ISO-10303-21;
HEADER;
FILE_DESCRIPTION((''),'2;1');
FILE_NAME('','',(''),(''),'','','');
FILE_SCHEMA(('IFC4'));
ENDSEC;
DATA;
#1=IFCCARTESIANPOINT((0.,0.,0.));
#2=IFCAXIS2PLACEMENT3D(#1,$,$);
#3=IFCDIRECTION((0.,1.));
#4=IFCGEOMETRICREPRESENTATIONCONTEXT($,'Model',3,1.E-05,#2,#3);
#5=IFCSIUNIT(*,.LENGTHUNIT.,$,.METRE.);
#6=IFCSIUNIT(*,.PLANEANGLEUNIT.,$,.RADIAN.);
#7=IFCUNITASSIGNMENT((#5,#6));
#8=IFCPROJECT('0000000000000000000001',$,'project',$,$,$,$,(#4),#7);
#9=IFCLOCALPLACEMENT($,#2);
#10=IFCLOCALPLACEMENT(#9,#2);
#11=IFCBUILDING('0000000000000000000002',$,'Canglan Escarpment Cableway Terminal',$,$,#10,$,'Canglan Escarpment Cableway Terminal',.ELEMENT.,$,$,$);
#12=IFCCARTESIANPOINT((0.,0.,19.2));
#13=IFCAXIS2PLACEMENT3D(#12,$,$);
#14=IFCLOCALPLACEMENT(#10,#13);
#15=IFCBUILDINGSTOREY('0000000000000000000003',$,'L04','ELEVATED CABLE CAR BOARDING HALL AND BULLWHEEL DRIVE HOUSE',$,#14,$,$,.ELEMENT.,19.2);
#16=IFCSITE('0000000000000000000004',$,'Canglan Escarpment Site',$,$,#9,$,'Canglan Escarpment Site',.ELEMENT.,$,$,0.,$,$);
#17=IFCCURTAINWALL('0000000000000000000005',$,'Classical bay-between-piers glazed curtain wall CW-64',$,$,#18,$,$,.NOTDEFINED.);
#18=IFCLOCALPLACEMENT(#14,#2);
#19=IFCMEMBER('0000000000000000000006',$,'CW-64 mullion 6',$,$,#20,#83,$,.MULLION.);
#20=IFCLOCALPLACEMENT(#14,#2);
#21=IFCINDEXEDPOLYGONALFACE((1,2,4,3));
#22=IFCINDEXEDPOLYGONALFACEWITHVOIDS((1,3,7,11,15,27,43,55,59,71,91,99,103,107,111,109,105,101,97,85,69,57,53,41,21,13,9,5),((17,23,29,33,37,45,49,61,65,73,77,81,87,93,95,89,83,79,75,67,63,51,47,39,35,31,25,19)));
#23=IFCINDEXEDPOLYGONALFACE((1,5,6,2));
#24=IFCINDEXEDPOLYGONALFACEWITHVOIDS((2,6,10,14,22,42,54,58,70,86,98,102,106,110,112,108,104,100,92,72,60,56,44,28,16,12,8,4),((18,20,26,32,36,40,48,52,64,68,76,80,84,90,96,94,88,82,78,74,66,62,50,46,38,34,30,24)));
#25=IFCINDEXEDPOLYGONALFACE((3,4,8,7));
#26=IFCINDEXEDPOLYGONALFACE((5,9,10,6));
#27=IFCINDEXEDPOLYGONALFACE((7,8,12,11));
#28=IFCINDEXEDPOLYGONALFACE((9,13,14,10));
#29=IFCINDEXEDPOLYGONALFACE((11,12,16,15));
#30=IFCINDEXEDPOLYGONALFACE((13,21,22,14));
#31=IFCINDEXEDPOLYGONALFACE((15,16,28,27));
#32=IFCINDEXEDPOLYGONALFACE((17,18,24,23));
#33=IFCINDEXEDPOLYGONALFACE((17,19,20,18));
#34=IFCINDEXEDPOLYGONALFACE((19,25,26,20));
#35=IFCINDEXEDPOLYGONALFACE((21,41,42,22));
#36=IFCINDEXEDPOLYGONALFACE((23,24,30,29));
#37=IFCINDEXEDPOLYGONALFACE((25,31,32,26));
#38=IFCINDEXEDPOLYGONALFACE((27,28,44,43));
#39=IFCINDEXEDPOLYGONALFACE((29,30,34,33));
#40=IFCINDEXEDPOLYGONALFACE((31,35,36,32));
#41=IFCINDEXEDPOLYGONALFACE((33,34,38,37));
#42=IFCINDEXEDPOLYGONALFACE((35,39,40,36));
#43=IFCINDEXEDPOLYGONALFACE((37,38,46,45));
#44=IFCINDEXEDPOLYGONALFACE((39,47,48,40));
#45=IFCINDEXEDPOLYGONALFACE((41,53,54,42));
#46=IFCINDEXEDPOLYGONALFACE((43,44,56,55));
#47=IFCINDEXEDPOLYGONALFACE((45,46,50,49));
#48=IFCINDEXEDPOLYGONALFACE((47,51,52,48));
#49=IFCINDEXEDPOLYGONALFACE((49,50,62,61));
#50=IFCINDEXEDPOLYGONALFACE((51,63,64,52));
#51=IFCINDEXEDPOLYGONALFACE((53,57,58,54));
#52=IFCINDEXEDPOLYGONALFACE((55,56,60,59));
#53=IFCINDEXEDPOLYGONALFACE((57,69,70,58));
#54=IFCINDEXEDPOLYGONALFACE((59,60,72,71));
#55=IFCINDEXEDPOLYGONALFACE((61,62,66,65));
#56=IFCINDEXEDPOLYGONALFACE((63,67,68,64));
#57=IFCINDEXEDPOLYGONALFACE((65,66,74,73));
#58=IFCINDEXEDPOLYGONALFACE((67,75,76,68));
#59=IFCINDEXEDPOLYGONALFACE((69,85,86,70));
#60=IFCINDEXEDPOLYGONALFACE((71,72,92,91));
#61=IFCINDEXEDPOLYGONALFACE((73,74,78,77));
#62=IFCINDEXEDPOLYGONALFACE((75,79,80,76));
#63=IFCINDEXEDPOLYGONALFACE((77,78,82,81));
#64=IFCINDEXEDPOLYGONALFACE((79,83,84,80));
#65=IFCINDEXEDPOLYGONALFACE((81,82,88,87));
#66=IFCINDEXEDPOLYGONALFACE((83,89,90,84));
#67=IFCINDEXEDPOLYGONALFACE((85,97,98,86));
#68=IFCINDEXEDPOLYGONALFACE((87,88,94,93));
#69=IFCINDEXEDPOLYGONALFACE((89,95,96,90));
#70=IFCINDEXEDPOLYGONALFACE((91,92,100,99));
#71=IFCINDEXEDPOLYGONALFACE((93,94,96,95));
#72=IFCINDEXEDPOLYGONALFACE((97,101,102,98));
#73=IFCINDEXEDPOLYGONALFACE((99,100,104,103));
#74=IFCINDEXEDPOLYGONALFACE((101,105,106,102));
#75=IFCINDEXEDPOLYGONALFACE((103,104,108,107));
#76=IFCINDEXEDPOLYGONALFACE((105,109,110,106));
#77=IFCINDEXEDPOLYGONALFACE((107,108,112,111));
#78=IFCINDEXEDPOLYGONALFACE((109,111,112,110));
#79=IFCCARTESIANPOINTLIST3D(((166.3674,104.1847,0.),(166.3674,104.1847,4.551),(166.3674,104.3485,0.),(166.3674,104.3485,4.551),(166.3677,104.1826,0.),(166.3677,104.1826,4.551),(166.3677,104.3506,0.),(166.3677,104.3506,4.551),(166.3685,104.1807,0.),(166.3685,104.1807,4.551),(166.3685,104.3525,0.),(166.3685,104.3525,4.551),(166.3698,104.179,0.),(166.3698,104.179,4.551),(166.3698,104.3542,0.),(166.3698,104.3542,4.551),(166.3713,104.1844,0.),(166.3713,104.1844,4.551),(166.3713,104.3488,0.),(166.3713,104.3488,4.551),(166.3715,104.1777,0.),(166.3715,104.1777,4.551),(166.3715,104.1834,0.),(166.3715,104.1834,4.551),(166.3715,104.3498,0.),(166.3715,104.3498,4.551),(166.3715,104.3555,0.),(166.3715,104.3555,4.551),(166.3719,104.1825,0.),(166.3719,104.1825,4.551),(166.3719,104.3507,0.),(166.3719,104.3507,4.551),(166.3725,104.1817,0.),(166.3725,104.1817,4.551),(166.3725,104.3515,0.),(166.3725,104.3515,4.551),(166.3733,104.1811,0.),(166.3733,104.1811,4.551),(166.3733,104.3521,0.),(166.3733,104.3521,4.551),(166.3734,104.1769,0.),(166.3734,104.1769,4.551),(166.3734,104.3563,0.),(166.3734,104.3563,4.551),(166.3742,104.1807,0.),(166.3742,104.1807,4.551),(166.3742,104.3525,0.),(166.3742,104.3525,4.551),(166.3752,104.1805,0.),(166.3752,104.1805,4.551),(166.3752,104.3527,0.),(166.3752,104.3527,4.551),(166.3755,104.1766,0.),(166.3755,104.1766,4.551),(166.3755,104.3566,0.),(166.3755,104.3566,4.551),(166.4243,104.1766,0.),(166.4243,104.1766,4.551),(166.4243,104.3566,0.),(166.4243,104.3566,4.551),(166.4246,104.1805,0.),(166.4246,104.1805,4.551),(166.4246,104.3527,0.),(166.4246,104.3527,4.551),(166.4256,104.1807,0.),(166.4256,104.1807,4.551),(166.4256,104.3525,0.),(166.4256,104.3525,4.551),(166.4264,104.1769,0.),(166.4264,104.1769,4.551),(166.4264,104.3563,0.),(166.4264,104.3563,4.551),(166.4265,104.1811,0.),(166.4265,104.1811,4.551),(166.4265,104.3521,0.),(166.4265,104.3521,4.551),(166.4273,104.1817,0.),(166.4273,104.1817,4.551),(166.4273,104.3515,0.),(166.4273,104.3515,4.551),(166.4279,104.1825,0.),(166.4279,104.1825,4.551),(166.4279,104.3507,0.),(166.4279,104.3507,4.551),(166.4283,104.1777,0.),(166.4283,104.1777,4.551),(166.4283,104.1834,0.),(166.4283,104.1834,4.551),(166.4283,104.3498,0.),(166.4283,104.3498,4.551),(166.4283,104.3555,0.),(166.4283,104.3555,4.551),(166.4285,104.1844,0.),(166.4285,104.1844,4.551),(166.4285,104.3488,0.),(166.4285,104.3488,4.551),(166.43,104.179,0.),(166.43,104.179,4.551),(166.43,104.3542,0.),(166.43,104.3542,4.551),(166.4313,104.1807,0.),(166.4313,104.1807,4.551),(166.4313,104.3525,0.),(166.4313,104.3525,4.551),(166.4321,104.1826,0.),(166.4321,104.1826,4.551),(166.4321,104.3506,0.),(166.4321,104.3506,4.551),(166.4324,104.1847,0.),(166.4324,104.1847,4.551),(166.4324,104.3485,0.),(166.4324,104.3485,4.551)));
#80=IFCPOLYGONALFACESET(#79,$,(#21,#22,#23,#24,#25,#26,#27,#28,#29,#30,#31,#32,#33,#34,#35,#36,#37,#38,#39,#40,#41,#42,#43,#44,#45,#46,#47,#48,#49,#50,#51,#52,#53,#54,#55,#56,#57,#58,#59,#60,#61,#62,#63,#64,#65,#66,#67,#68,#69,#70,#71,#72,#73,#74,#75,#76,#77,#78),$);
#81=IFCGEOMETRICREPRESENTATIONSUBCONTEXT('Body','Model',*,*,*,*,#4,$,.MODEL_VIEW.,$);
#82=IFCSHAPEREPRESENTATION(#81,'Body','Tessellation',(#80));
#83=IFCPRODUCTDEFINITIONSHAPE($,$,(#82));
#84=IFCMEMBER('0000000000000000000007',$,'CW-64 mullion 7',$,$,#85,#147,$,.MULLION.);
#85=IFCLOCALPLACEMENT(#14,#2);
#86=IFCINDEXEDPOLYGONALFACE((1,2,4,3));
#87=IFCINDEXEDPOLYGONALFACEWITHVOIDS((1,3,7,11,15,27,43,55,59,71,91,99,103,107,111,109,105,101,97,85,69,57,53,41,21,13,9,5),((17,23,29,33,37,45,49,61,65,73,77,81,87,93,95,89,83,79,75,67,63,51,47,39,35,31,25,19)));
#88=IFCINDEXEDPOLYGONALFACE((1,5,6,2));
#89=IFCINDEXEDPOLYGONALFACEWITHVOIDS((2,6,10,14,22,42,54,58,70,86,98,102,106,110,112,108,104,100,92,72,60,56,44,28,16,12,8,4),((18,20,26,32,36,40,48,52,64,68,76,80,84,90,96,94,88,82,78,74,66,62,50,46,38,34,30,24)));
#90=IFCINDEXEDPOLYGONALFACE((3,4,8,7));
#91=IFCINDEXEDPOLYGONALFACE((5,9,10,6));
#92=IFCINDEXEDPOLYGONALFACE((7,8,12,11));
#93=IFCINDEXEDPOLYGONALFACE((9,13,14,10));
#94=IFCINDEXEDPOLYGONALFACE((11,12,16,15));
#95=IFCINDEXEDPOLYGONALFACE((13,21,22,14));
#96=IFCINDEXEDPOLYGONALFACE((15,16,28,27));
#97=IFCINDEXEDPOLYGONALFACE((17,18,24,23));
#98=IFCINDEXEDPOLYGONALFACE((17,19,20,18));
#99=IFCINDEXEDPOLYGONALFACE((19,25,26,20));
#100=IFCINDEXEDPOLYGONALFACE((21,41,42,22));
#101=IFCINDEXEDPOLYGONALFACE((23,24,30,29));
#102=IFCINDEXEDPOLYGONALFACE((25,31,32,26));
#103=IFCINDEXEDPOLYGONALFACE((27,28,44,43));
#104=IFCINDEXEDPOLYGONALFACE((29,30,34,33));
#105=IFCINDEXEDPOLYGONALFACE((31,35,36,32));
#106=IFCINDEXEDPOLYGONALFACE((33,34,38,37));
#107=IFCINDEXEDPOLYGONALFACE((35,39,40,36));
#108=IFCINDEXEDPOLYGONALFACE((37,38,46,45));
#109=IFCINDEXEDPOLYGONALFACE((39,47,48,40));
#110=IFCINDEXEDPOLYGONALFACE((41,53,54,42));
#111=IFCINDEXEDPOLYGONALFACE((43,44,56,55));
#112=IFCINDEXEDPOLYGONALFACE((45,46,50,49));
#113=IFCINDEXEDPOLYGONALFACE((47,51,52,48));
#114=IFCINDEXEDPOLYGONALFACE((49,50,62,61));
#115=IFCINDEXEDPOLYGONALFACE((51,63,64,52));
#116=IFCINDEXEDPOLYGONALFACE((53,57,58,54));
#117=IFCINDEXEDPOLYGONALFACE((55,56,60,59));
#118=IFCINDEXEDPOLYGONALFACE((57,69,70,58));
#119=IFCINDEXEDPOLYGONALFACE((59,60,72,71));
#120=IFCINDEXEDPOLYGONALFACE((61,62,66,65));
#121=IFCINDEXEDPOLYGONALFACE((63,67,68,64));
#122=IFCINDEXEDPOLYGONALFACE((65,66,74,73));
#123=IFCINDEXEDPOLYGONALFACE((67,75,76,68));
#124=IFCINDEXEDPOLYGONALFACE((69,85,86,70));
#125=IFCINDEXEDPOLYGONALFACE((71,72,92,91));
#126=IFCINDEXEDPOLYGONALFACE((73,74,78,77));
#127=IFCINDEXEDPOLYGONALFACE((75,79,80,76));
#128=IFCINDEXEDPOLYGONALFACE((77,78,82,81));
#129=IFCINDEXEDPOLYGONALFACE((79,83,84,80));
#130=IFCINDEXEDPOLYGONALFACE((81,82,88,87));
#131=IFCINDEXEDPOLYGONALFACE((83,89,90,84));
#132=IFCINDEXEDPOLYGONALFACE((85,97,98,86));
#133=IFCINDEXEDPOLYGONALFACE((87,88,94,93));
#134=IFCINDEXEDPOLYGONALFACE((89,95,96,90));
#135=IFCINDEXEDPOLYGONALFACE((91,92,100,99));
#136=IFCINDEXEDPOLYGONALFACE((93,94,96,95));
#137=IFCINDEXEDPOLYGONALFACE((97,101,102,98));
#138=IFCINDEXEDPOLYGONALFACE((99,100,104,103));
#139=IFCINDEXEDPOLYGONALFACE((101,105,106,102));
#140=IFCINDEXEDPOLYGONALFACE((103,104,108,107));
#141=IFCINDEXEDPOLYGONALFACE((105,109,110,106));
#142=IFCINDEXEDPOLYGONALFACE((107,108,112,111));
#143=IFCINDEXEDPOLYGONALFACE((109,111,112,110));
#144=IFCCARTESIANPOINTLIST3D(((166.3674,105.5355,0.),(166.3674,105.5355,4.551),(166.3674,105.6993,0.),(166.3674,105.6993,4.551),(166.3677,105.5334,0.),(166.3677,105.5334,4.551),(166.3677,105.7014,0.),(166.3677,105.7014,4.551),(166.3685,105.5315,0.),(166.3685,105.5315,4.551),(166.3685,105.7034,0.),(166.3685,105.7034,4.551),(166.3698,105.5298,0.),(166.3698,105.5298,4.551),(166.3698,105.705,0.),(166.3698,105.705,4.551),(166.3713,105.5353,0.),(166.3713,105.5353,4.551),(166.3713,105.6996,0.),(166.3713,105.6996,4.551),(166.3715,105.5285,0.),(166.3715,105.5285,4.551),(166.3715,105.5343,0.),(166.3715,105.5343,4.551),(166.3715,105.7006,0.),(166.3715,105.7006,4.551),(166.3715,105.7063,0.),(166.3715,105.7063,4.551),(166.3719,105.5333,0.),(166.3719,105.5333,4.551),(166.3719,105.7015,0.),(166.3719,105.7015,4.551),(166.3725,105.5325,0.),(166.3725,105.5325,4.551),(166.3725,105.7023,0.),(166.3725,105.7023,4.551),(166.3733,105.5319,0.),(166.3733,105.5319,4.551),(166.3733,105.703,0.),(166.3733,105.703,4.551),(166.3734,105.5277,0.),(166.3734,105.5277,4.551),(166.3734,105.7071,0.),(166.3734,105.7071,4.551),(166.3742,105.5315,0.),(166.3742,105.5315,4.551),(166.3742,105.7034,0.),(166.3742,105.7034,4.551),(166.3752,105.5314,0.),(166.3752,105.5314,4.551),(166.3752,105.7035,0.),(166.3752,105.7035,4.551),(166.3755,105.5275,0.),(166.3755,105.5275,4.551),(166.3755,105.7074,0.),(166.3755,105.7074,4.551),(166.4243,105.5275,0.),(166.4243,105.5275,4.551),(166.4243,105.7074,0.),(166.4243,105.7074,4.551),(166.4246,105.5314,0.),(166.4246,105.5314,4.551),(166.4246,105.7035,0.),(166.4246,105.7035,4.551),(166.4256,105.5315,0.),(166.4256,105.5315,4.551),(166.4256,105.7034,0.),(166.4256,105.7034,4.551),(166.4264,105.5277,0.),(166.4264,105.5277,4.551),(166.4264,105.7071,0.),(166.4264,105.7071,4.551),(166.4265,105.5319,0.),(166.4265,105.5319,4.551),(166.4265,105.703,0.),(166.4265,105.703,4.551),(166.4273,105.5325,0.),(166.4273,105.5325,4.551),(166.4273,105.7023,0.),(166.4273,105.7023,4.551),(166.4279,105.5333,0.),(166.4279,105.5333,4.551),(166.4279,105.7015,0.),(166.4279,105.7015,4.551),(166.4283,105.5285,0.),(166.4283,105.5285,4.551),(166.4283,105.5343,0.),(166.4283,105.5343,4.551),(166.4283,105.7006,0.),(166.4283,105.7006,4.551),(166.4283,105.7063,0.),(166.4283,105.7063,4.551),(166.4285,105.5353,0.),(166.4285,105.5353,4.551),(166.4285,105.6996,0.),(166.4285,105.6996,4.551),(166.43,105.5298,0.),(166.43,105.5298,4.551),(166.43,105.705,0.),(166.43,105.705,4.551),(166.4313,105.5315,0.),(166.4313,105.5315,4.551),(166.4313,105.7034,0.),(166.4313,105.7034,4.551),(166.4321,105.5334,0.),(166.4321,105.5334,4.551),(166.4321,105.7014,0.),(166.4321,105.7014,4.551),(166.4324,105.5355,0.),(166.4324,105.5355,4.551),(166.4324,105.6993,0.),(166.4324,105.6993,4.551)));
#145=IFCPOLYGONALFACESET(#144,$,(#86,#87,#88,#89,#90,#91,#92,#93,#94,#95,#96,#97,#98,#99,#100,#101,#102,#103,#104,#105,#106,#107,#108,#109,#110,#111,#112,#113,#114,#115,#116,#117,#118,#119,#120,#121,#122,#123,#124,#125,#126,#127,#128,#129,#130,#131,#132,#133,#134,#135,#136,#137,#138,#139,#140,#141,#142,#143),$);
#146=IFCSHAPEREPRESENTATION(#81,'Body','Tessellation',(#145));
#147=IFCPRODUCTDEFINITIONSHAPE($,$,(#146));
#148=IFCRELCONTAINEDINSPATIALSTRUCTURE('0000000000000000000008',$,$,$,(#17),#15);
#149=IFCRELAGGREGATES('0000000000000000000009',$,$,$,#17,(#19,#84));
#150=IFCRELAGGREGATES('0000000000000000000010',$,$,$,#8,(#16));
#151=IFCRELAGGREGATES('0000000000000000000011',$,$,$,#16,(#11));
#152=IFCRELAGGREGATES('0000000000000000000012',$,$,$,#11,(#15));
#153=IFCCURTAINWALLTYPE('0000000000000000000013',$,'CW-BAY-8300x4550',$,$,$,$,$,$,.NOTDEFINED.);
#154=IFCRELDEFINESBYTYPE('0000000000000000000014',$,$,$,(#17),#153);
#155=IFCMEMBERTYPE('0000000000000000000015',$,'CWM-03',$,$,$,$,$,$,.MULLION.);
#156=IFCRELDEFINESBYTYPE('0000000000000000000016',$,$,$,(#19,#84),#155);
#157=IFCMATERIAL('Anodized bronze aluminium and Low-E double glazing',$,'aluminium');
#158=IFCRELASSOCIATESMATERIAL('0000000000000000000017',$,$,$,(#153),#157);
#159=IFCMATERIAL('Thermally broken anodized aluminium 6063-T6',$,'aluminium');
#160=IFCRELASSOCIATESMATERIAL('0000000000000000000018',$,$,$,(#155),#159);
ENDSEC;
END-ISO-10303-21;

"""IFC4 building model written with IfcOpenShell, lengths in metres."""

from ifc_helpers import new_model, si_unit, direction, frame, origin, origin_2d, place, context, subcontext, project, spatial, hollow_rectangle, extrude, material, material_profile, profile_set, type_object, element, aggregate, save


model = new_model("IFC4")

# Units and contexts
model_context = context("Model", 3, precision=1e-05, world=origin(), true_north=direction((0.0, 1.0)))
body_context = subcontext(model_context, "Body", "Model", "MODEL_VIEW")
ifc_project = project(units=[si_unit("LENGTHUNIT", "METRE"), si_unit("PLANEANGLEUNIT", "RADIAN")], contexts=[model_context])

# Site, building, storey
site_placement = place(None, origin())
site = spatial("IfcSite", under=ifc_project, at=site_placement, Name="Canglan Escarpment Site", LongName="Canglan Escarpment Site", CompositionType="ELEMENT", RefElevation=0.0)
building_placement = place(site_placement, origin())
building = spatial("IfcBuilding", under=site, at=building_placement, Name="Canglan Escarpment Cableway Terminal", LongName="Canglan Escarpment Cableway Terminal", CompositionType="ELEMENT")
storey_placement = place(building_placement, frame((0.0, 0.0, 19.2)))
storey = spatial("IfcBuildingStorey", under=building, at=storey_placement, Name="L04", Description="ELEVATED CABLE CAR BOARDING HALL AND BULLWHEEL DRIVE HOUSE", CompositionType="ELEMENT", Elevation=19.2)

# Curtain wall, members
ifc_material_1 = material(Name="Anodized bronze aluminium and Low-E double glazing", Category="aluminium")
curtain_wall_type = type_object("IfcCurtainWallType", Name="CW-BAY-8300x4550", PredefinedType="NOTDEFINED", material=ifc_material_1)
ifc_material_2 = material(Name="Thermally broken anodized aluminium 6063-T6", Category="aluminium")
curtain_wall_1_placement = place(storey_placement, origin())
curtain_wall_1 = element("IfcCurtainWall", 1, at=curtain_wall_1_placement, inside=storey, type_object=curtain_wall_type, Name="Classical bay-between-piers glazed curtain wall CW-64", PredefinedType="NOTDEFINED")
ifc_material_profile_1 = material_profile(ifc_material_2, hollow_rectangle(XDim=0.0649, YDim=0.1799, WallThickness=0.0039, InnerFilletRadius=0.0039, OuterFilletRadius=0.0081, at=origin_2d()), Name="ALU-MULL 65x180x4")
ifc_profile_set_1 = profile_set([ifc_material_profile_1], Name="Thermally broken anodized aluminium 6063-T6")
member_type_1 = type_object("IfcMemberType", Name="CWM-03", PredefinedType="MULLION", material=ifc_profile_set_1)
member_1_placement = place(storey_placement, frame((166.3999, 104.2666, 0.0), z_axis=(0.0, 0.0, 1.0), x_axis=(-1.0, 0.0, 0.0)))
member_1 = element("IfcMember", 2, at=member_1_placement, type_object=member_type_1, Name="CW-64 mullion 6", PredefinedType="MULLION", context=body_context, shape_type="SweptSolid", body=[
    extrude(hollow_rectangle(XDim=0.0649, YDim=0.1799, WallThickness=0.0039, InnerFilletRadius=0.0039, OuterFilletRadius=0.0081, at=origin_2d()), origin(), (0.0, 0.0, 1.0), 4.551),
])
member_2_placement = place(storey_placement, frame((166.3999, 105.6174, 0.0), z_axis=(0.0, 0.0, 1.0), x_axis=(-1.0, 0.0, 0.0)))
member_2 = element("IfcMember", 3, at=member_2_placement, type_object=member_type_1, Name="CW-64 mullion 7", PredefinedType="MULLION", context=body_context, shape_type="SweptSolid", body=[
    extrude(hollow_rectangle(XDim=0.0649, YDim=0.1799, WallThickness=0.0039, InnerFilletRadius=0.0039, OuterFilletRadius=0.0081, at=origin_2d()), origin(), (0.0, 0.0, 1.0), 4.551),
])

aggregate(curtain_wall_1, [member_1, member_2])

save(model, "model.ifc")
